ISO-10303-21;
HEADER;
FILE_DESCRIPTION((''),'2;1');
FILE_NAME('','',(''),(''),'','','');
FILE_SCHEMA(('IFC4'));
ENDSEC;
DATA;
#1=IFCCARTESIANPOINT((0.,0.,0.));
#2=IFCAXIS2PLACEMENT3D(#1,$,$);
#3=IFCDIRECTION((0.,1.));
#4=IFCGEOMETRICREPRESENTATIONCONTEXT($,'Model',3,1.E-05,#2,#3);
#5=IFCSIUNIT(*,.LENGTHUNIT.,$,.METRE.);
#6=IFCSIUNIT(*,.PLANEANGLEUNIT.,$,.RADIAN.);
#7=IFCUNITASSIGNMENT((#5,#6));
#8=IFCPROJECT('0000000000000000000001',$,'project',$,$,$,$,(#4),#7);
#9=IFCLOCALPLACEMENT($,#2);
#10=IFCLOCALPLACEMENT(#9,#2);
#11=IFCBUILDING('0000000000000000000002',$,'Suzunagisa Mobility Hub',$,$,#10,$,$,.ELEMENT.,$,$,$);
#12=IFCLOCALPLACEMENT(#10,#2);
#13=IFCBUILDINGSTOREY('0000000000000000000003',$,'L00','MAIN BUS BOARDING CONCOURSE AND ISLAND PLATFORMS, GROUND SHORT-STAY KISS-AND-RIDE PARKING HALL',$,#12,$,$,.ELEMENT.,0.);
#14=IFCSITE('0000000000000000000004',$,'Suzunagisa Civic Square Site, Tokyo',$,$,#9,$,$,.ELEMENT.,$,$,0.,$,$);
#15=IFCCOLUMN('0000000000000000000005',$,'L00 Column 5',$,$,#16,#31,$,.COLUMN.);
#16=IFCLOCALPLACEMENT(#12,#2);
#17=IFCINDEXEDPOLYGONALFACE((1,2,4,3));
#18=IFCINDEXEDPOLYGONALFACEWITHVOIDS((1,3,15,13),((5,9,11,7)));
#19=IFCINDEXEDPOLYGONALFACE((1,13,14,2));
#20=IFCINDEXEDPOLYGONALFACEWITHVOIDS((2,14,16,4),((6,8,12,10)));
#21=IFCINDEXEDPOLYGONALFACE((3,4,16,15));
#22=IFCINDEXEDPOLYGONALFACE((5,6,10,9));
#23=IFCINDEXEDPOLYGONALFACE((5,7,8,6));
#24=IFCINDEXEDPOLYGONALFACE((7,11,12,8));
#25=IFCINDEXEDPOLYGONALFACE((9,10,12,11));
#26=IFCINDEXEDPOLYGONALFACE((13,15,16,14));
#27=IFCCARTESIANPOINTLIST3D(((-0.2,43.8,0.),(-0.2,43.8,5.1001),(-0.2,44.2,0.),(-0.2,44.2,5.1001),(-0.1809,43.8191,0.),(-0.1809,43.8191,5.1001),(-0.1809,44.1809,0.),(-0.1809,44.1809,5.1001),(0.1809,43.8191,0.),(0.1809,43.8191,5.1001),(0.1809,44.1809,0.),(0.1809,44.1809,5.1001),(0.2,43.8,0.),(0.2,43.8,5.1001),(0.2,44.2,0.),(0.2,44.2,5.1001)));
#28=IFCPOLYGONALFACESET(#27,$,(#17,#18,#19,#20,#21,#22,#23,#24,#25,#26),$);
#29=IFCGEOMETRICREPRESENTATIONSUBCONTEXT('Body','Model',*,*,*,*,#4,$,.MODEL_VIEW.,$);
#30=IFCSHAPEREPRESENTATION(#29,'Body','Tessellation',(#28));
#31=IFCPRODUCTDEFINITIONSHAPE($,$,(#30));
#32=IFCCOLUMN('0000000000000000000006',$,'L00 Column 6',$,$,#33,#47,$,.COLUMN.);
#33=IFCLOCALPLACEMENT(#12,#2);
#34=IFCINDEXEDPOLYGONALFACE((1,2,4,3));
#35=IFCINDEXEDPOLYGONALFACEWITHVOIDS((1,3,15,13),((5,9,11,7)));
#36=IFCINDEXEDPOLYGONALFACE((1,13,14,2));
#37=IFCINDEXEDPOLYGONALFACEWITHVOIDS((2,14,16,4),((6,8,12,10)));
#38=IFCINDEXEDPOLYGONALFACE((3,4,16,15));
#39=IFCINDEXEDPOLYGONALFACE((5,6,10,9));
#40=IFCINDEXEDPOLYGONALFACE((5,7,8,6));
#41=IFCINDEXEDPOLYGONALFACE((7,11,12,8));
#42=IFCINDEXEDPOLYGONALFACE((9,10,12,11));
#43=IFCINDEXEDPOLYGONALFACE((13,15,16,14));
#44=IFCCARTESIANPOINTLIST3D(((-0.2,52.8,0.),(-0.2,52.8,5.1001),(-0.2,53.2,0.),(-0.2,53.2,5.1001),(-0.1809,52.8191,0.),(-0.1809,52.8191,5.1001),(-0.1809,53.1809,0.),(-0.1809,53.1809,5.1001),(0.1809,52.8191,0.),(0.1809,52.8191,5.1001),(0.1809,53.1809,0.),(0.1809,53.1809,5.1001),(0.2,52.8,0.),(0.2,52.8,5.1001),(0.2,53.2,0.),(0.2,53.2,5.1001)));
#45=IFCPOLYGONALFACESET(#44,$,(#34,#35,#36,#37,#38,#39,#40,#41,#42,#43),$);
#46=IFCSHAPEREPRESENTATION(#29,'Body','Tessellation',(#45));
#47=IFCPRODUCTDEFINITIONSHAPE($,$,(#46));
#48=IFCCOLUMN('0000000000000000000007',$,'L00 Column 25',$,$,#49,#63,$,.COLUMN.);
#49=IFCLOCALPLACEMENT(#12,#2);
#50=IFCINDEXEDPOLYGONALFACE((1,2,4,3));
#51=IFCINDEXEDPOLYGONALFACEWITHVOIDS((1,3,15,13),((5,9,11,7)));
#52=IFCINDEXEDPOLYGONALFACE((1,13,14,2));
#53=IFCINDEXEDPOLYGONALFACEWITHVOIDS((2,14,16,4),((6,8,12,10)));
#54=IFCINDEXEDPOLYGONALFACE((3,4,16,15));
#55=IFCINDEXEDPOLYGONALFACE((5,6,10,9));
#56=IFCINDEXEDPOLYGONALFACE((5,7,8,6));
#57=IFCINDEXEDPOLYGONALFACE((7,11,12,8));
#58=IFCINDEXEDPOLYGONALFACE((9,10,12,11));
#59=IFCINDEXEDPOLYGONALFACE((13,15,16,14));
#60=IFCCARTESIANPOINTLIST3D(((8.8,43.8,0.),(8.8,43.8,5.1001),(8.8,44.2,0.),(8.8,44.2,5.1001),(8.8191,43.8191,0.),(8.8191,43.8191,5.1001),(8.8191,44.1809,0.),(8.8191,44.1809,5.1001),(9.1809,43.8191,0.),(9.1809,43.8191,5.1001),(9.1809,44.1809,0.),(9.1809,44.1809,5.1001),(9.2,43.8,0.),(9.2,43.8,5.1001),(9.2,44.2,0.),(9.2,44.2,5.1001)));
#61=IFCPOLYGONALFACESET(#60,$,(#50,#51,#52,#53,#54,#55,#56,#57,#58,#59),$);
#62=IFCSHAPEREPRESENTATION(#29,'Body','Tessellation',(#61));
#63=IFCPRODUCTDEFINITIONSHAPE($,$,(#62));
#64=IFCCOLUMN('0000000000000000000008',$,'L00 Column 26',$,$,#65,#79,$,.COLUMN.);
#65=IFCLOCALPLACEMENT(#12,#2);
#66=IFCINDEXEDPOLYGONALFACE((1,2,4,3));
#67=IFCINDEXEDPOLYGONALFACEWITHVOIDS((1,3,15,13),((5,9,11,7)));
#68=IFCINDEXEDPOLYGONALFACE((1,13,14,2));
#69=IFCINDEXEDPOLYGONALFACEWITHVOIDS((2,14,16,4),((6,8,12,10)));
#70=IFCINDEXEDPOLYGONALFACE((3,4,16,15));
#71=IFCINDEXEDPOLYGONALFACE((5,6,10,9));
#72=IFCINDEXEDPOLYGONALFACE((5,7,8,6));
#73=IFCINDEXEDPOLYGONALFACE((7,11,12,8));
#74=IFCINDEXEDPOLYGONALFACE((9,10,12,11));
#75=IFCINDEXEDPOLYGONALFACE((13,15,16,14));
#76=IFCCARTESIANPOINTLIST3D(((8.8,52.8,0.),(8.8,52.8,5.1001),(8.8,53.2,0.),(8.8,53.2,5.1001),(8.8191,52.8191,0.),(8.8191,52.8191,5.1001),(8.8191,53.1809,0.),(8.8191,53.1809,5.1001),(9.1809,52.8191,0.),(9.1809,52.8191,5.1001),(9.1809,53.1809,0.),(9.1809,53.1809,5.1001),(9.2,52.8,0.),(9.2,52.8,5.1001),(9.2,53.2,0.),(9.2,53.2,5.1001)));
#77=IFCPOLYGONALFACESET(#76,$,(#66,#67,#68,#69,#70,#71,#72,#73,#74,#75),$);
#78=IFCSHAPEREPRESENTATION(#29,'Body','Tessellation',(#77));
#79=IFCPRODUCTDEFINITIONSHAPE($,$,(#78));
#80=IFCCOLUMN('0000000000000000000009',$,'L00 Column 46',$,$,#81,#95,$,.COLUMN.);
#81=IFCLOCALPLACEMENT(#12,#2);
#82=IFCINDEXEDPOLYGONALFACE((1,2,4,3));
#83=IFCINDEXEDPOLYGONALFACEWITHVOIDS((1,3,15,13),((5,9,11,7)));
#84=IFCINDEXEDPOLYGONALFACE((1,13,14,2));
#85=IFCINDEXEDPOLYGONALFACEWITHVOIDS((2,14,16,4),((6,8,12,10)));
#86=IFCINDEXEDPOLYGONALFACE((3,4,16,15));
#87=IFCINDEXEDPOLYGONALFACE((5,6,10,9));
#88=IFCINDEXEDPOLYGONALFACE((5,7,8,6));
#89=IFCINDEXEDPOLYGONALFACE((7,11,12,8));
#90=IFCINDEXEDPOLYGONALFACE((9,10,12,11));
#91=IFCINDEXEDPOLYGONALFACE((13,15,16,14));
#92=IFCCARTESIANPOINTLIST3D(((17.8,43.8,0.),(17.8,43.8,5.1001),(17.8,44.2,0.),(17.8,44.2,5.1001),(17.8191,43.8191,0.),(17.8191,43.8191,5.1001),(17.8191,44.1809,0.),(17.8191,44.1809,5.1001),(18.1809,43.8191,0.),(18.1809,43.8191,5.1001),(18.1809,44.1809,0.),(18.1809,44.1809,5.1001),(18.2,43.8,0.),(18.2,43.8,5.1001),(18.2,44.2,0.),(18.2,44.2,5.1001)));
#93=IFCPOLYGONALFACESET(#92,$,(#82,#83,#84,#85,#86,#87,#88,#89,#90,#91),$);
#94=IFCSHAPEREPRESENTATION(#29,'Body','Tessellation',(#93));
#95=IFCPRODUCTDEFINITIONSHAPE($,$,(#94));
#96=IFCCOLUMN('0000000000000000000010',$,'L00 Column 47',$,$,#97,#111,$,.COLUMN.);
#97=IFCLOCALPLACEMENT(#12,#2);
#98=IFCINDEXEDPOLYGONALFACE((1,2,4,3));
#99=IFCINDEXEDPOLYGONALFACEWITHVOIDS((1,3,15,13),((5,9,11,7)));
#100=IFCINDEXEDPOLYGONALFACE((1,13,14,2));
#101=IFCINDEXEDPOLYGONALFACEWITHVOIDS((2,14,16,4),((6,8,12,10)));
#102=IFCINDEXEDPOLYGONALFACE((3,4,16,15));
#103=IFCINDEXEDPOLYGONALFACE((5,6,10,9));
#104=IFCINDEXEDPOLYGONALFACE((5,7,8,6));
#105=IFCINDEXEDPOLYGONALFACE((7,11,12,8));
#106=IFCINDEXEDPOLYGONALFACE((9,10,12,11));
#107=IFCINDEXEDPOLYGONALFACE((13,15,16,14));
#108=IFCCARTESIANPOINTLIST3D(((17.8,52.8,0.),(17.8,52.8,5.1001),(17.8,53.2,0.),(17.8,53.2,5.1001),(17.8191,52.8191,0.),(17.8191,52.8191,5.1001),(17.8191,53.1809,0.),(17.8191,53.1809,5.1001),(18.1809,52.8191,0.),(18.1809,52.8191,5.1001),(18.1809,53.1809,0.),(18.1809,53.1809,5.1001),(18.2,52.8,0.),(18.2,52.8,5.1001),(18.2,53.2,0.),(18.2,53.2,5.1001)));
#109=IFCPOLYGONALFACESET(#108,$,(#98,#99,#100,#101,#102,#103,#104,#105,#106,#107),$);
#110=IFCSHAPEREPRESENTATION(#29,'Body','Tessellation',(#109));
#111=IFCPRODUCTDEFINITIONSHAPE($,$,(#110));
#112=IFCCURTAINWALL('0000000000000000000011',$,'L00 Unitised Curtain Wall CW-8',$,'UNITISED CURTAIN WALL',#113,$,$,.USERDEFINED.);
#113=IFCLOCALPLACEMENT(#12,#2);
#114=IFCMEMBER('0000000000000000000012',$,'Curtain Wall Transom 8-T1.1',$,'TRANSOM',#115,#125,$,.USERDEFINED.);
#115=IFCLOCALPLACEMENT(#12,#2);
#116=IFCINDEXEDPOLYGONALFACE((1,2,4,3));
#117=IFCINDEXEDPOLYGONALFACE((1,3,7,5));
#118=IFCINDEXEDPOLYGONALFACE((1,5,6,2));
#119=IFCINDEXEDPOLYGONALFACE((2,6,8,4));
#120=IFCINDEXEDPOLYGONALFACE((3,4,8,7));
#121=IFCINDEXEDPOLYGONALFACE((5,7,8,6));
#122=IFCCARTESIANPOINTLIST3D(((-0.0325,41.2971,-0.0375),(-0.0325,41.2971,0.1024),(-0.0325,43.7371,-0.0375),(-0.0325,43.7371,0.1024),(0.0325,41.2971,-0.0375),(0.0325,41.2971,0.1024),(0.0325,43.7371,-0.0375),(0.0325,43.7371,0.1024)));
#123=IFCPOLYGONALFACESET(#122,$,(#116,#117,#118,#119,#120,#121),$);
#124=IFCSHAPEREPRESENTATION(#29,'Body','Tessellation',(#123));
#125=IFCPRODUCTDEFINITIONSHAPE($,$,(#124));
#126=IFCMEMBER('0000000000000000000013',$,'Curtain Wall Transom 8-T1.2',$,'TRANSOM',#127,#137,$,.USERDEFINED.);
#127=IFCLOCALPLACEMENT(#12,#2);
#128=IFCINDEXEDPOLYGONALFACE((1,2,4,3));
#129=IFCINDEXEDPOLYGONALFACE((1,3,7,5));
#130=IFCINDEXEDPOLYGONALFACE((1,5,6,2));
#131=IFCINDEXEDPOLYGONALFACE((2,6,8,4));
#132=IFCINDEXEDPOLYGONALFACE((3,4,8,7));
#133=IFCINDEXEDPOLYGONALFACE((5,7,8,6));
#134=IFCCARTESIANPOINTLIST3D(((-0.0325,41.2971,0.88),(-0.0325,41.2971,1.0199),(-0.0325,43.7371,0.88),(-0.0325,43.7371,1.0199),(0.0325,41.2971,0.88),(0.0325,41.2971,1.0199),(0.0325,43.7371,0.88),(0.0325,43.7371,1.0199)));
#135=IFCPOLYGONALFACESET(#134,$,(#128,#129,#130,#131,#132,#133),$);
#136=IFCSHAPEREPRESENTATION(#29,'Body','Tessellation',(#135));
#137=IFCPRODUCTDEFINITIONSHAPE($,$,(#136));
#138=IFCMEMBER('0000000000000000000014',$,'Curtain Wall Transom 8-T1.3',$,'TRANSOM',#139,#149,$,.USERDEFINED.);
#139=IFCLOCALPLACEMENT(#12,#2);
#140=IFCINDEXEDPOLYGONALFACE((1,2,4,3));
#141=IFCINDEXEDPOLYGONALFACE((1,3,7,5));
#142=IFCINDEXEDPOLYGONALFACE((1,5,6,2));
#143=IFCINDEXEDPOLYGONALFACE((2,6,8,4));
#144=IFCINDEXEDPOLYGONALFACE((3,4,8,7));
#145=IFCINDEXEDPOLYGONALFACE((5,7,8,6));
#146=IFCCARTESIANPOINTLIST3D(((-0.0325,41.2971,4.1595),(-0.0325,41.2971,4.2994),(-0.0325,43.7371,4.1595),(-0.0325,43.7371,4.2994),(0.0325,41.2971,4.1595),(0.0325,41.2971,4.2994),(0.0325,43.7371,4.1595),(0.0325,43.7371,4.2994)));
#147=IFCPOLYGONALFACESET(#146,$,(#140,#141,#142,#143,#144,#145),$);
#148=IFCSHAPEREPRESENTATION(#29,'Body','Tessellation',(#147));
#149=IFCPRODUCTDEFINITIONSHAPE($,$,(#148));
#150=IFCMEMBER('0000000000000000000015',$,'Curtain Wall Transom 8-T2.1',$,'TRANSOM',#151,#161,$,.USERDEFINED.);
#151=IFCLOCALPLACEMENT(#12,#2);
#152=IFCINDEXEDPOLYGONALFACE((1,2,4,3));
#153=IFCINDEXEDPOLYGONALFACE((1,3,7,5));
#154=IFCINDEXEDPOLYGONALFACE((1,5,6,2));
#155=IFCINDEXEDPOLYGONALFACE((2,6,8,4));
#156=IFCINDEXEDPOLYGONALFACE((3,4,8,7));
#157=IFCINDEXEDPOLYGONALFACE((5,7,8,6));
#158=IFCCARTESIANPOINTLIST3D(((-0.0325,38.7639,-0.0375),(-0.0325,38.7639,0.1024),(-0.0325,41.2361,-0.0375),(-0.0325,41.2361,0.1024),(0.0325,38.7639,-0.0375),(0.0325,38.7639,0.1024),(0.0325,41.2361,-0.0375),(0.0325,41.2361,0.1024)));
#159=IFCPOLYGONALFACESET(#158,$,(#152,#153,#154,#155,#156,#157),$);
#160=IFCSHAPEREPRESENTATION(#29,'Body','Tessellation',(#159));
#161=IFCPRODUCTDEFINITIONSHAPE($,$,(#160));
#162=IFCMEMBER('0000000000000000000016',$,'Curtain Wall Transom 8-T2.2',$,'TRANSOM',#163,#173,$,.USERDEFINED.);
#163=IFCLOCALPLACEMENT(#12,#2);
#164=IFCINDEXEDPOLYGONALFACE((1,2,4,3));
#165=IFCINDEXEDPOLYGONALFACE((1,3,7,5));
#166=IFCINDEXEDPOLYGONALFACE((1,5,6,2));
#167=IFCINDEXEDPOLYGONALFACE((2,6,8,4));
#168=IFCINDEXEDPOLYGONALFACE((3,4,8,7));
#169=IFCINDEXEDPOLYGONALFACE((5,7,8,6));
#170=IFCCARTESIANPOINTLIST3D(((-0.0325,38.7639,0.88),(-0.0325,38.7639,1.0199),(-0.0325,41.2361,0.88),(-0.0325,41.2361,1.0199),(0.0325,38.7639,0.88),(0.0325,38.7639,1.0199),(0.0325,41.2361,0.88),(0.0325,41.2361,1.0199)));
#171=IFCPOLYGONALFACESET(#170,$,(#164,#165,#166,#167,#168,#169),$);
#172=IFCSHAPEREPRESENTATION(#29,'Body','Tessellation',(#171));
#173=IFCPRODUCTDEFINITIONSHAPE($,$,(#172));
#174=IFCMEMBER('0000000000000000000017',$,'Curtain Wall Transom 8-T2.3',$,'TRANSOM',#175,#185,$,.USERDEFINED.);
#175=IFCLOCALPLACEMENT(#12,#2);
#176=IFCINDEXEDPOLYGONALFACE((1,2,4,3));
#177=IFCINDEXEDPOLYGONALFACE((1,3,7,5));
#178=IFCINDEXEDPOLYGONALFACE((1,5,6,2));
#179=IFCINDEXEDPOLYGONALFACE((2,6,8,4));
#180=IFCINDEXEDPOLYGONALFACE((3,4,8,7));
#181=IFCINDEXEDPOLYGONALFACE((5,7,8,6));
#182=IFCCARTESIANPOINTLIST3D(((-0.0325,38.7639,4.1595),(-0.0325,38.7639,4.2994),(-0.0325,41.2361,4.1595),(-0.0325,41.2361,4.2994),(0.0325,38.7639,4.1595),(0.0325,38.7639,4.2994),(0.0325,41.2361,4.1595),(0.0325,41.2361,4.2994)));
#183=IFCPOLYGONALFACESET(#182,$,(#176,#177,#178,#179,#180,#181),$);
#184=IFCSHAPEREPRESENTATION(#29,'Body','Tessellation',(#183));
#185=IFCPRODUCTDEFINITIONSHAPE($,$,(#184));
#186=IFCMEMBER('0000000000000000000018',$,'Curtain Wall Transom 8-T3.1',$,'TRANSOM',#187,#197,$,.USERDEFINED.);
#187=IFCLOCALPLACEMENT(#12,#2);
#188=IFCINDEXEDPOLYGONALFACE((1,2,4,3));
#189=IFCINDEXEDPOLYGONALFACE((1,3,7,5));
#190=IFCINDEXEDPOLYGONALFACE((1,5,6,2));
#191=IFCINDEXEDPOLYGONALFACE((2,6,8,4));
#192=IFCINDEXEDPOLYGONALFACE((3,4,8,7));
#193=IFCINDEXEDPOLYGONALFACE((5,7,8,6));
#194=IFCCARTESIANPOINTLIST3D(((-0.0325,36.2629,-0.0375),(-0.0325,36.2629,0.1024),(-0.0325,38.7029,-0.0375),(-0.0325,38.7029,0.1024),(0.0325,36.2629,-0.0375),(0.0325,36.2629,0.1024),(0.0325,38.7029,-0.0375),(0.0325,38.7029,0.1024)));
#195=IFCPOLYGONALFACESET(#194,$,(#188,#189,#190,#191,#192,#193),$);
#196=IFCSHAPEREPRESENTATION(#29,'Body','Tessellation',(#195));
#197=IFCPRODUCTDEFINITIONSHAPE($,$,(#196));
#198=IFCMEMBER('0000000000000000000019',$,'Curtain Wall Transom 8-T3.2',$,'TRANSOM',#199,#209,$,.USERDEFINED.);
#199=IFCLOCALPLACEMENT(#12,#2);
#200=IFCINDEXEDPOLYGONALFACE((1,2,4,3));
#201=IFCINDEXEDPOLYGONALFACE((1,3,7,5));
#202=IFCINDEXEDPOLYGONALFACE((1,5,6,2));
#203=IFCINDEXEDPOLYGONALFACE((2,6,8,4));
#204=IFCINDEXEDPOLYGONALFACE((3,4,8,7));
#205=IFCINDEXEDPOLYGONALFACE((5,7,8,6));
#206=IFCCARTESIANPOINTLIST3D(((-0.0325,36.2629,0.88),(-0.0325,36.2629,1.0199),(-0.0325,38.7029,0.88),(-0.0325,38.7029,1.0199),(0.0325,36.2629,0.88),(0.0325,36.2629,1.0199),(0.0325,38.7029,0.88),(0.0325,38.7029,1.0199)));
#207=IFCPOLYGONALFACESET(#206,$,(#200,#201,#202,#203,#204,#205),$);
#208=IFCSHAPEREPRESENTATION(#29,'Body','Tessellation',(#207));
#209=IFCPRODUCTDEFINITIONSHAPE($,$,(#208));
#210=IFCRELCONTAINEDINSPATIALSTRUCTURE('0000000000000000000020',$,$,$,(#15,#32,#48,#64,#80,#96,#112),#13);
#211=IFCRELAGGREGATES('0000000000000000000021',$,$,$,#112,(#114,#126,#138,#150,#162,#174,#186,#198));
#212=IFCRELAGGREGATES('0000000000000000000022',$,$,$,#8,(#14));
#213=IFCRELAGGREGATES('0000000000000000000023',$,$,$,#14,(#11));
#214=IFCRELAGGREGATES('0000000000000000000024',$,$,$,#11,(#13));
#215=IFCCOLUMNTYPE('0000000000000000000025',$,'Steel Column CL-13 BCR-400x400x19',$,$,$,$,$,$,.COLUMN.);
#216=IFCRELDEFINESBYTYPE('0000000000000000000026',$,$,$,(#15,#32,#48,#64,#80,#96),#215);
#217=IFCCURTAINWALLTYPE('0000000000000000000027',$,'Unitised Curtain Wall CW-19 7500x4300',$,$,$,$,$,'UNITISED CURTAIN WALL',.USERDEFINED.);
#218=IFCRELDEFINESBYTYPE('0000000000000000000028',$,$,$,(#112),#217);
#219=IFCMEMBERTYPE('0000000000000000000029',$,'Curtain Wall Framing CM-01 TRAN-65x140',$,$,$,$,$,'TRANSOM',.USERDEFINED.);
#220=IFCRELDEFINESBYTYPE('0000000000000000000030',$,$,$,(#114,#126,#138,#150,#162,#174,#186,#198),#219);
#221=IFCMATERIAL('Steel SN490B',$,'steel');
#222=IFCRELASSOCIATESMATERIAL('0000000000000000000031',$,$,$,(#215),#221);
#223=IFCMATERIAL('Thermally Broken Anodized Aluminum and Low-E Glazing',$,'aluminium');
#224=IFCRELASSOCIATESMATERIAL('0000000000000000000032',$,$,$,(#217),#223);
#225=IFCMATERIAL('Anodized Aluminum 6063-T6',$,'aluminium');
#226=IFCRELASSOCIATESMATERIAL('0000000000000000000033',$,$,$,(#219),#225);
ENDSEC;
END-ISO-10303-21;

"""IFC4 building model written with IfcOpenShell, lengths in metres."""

from ifc_helpers import new_model, si_unit, direction, frame, origin, origin_2d, place, context, subcontext, project, spatial, rectangle, hollow_rectangle, extrude, material, material_profile, profile_set, type_object, element, aggregate, save


model = new_model("IFC4")

# Units and contexts
model_context = context("Model", 3, precision=1e-05, world=origin(), true_north=direction((0.0, 1.0)))
body_context = subcontext(model_context, "Body", "Model", "MODEL_VIEW")
ifc_project = project(units=[si_unit("LENGTHUNIT", "METRE"), si_unit("PLANEANGLEUNIT", "RADIAN")], contexts=[model_context])

# Site, building, storey
site_placement = place(None, origin())
site = spatial("IfcSite", under=ifc_project, at=site_placement, Name="Suzunagisa Civic Square Site, Tokyo", CompositionType="ELEMENT", RefElevation=0.0)
building_placement = place(site_placement, origin())
building = spatial("IfcBuilding", under=site, at=building_placement, Name="Suzunagisa Mobility Hub", CompositionType="ELEMENT")
storey_placement = place(building_placement, origin())
storey = spatial("IfcBuildingStorey", under=building, at=storey_placement, Name="L00", Description="MAIN BUS BOARDING CONCOURSE AND ISLAND PLATFORMS, GROUND SHORT-STAY KISS-AND-RIDE PARKING HALL", CompositionType="ELEMENT", Elevation=0.0)

# Columns
ifc_material_1 = material(Name="Steel SN490B", Category="steel")
ifc_material_profile_1 = material_profile(ifc_material_1, hollow_rectangle(XDim=0.3999, YDim=0.3999, WallThickness=0.019, at=origin_2d()), Name="BCR-400x400x19")
ifc_profile_set_1 = profile_set([ifc_material_profile_1], Name="Steel SN490B")
column_type = type_object("IfcColumnType", Name="Steel Column CL-13 BCR-400x400x19", PredefinedType="COLUMN", material=ifc_profile_set_1)
for number, where, z_axis, x_axis, name in (
    (1, (0.0, 44.0, 0.0), (0.0, 0.0, 1.0), (1.0, 0.0, 0.0), "L00 Column 5"),
    (2, (0.0, 53.0, 0.0), (0.0, 0.0, 1.0), (1.0, 0.0, 0.0), "L00 Column 6"),
    (3, (9.0, 44.0, 0.0), (0.0, 0.0, 1.0), (1.0, 0.0, 0.0), "L00 Column 25"),
    (4, (9.0, 53.0, 0.0), (0.0, 0.0, 1.0), (1.0, 0.0, 0.0), "L00 Column 26"),
    (5, (18.0, 44.0, 0.0), (0.0, 0.0, 1.0), (1.0, 0.0, 0.0), "L00 Column 46"),
    (6, (18.0, 53.0, 0.0), (0.0, 0.0, 1.0), (1.0, 0.0, 0.0), "L00 Column 47"),
):
    element("IfcColumn", number, at=place(storey_placement, frame(where, z_axis=z_axis, x_axis=x_axis)), inside=storey, type_object=column_type, Name=name, PredefinedType="COLUMN", context=body_context, shape_type="SweptSolid", body=[
        extrude(hollow_rectangle(XDim=0.3999, YDim=0.3999, WallThickness=0.019, at=origin_2d()), origin(), (0.0, 0.0, 1.0), 5.1001),
    ])

# Curtain wall, members
ifc_material_2 = material(Name="Thermally Broken Anodized Aluminum and Low-E Glazing", Category="aluminium")
curtain_wall_type = type_object("IfcCurtainWallType", Name="Unitised Curtain Wall CW-19 7500x4300", ElementType="UNITISED CURTAIN WALL", PredefinedType="USERDEFINED", material=ifc_material_2)
curtain_wall_placement = place(storey_placement, origin())
curtain_wall = element("IfcCurtainWall", 7, at=curtain_wall_placement, inside=storey, type_object=curtain_wall_type, Name="L00 Unitised Curtain Wall CW-8", ObjectType="UNITISED CURTAIN WALL", PredefinedType="USERDEFINED")
ifc_material_3 = material(Name="Anodized Aluminum 6063-T6", Category="aluminium")
ifc_material_profile_2 = material_profile(ifc_material_3, rectangle(XDim=0.0649, YDim=0.1399, at=origin_2d()), Name="TRAN-65x140")
ifc_profile_set_2 = profile_set([ifc_material_profile_2], Name="Anodized Aluminum 6063-T6")
member_type_1 = type_object("IfcMemberType", Name="Curtain Wall Framing CM-01 TRAN-65x140", ElementType="TRANSOM", PredefinedType="USERDEFINED", material=ifc_profile_set_2)
member_1_placement = place(storey_placement, frame((0.0, 43.7371, 0.0325), z_axis=(0.0, -1.0, 0.0), x_axis=(1.0, 0.0, 0.0)))
member_1 = element("IfcMember", 8, at=member_1_placement, type_object=member_type_1, Name="Curtain Wall Transom 8-T1.1", ObjectType="TRANSOM", PredefinedType="USERDEFINED", context=body_context, shape_type="SweptSolid", body=[
    extrude(rectangle(XDim=0.0649, YDim=0.1399, at=origin_2d()), origin(), (0.0, 0.0, 1.0), 2.4399),
])
member_2_placement = place(storey_placement, frame((0.0, 43.7371, 0.95), z_axis=(0.0, -1.0, 0.0), x_axis=(1.0, 0.0, 0.0)))
member_2 = element("IfcMember", 9, at=member_2_placement, type_object=member_type_1, Name="Curtain Wall Transom 8-T1.2", ObjectType="TRANSOM", PredefinedType="USERDEFINED", context=body_context, shape_type="SweptSolid", body=[
    extrude(rectangle(XDim=0.0649, YDim=0.1399, at=origin_2d()), origin(), (0.0, 0.0, 1.0), 2.4399),
])
member_3_placement = place(storey_placement, frame((0.0, 43.7371, 4.2295), z_axis=(0.0, -1.0, 0.0), x_axis=(1.0, 0.0, 0.0)))
member_3 = element("IfcMember", 10, at=member_3_placement, type_object=member_type_1, Name="Curtain Wall Transom 8-T1.3", ObjectType="TRANSOM", PredefinedType="USERDEFINED", context=body_context, shape_type="SweptSolid", body=[
    extrude(rectangle(XDim=0.0649, YDim=0.1399, at=origin_2d()), origin(), (0.0, 0.0, 1.0), 2.4399),
])
member_4_placement = place(storey_placement, frame((0.0, 41.2361, 0.0325), z_axis=(0.0, -1.0, 0.0), x_axis=(1.0, 0.0, 0.0)))
member_4 = element("IfcMember", 11, at=member_4_placement, type_object=member_type_1, Name="Curtain Wall Transom 8-T2.1", ObjectType="TRANSOM", PredefinedType="USERDEFINED", context=body_context, shape_type="SweptSolid", body=[
    extrude(rectangle(XDim=0.0649, YDim=0.1399, at=origin_2d()), origin(), (0.0, 0.0, 1.0), 2.4722),
])
member_5_placement = place(storey_placement, frame((0.0, 41.2361, 0.95), z_axis=(0.0, -1.0, 0.0), x_axis=(1.0, 0.0, 0.0)))
member_5 = element("IfcMember", 12, at=member_5_placement, type_object=member_type_1, Name="Curtain Wall Transom 8-T2.2", ObjectType="TRANSOM", PredefinedType="USERDEFINED", context=body_context, shape_type="SweptSolid", body=[
    extrude(rectangle(XDim=0.0649, YDim=0.1399, at=origin_2d()), origin(), (0.0, 0.0, 1.0), 2.4722),
])
member_6_placement = place(storey_placement, frame((0.0, 41.2361, 4.2295), z_axis=(0.0, -1.0, 0.0), x_axis=(1.0, 0.0, 0.0)))
member_6 = element("IfcMember", 13, at=member_6_placement, type_object=member_type_1, Name="Curtain Wall Transom 8-T2.3", ObjectType="TRANSOM", PredefinedType="USERDEFINED", context=body_context, shape_type="SweptSolid", body=[
    extrude(rectangle(XDim=0.0649, YDim=0.1399, at=origin_2d()), origin(), (0.0, 0.0, 1.0), 2.4722),
])
member_7_placement = place(storey_placement, frame((0.0, 38.7029, 0.0325), z_axis=(0.0, -1.0, 0.0), x_axis=(1.0, 0.0, 0.0)))
member_7 = element("IfcMember", 14, at=member_7_placement, type_object=member_type_1, Name="Curtain Wall Transom 8-T3.1", ObjectType="TRANSOM", PredefinedType="USERDEFINED", context=body_context, shape_type="SweptSolid", body=[
    extrude(rectangle(XDim=0.0649, YDim=0.1399, at=origin_2d()), origin(), (0.0, 0.0, 1.0), 2.4399),
])
member_8_placement = place(storey_placement, frame((0.0, 38.7029, 0.95), z_axis=(0.0, -1.0, 0.0), x_axis=(1.0, 0.0, 0.0)))
member_8 = element("IfcMember", 15, at=member_8_placement, type_object=member_type_1, Name="Curtain Wall Transom 8-T3.2", ObjectType="TRANSOM", PredefinedType="USERDEFINED", context=body_context, shape_type="SweptSolid", body=[
    extrude(rectangle(XDim=0.0649, YDim=0.1399, at=origin_2d()), origin(), (0.0, 0.0, 1.0), 2.4399),
])

aggregate(curtain_wall, [member_1, member_2, member_3, member_4, member_5, member_6, member_7, member_8])

save(model, "model.ifc")
